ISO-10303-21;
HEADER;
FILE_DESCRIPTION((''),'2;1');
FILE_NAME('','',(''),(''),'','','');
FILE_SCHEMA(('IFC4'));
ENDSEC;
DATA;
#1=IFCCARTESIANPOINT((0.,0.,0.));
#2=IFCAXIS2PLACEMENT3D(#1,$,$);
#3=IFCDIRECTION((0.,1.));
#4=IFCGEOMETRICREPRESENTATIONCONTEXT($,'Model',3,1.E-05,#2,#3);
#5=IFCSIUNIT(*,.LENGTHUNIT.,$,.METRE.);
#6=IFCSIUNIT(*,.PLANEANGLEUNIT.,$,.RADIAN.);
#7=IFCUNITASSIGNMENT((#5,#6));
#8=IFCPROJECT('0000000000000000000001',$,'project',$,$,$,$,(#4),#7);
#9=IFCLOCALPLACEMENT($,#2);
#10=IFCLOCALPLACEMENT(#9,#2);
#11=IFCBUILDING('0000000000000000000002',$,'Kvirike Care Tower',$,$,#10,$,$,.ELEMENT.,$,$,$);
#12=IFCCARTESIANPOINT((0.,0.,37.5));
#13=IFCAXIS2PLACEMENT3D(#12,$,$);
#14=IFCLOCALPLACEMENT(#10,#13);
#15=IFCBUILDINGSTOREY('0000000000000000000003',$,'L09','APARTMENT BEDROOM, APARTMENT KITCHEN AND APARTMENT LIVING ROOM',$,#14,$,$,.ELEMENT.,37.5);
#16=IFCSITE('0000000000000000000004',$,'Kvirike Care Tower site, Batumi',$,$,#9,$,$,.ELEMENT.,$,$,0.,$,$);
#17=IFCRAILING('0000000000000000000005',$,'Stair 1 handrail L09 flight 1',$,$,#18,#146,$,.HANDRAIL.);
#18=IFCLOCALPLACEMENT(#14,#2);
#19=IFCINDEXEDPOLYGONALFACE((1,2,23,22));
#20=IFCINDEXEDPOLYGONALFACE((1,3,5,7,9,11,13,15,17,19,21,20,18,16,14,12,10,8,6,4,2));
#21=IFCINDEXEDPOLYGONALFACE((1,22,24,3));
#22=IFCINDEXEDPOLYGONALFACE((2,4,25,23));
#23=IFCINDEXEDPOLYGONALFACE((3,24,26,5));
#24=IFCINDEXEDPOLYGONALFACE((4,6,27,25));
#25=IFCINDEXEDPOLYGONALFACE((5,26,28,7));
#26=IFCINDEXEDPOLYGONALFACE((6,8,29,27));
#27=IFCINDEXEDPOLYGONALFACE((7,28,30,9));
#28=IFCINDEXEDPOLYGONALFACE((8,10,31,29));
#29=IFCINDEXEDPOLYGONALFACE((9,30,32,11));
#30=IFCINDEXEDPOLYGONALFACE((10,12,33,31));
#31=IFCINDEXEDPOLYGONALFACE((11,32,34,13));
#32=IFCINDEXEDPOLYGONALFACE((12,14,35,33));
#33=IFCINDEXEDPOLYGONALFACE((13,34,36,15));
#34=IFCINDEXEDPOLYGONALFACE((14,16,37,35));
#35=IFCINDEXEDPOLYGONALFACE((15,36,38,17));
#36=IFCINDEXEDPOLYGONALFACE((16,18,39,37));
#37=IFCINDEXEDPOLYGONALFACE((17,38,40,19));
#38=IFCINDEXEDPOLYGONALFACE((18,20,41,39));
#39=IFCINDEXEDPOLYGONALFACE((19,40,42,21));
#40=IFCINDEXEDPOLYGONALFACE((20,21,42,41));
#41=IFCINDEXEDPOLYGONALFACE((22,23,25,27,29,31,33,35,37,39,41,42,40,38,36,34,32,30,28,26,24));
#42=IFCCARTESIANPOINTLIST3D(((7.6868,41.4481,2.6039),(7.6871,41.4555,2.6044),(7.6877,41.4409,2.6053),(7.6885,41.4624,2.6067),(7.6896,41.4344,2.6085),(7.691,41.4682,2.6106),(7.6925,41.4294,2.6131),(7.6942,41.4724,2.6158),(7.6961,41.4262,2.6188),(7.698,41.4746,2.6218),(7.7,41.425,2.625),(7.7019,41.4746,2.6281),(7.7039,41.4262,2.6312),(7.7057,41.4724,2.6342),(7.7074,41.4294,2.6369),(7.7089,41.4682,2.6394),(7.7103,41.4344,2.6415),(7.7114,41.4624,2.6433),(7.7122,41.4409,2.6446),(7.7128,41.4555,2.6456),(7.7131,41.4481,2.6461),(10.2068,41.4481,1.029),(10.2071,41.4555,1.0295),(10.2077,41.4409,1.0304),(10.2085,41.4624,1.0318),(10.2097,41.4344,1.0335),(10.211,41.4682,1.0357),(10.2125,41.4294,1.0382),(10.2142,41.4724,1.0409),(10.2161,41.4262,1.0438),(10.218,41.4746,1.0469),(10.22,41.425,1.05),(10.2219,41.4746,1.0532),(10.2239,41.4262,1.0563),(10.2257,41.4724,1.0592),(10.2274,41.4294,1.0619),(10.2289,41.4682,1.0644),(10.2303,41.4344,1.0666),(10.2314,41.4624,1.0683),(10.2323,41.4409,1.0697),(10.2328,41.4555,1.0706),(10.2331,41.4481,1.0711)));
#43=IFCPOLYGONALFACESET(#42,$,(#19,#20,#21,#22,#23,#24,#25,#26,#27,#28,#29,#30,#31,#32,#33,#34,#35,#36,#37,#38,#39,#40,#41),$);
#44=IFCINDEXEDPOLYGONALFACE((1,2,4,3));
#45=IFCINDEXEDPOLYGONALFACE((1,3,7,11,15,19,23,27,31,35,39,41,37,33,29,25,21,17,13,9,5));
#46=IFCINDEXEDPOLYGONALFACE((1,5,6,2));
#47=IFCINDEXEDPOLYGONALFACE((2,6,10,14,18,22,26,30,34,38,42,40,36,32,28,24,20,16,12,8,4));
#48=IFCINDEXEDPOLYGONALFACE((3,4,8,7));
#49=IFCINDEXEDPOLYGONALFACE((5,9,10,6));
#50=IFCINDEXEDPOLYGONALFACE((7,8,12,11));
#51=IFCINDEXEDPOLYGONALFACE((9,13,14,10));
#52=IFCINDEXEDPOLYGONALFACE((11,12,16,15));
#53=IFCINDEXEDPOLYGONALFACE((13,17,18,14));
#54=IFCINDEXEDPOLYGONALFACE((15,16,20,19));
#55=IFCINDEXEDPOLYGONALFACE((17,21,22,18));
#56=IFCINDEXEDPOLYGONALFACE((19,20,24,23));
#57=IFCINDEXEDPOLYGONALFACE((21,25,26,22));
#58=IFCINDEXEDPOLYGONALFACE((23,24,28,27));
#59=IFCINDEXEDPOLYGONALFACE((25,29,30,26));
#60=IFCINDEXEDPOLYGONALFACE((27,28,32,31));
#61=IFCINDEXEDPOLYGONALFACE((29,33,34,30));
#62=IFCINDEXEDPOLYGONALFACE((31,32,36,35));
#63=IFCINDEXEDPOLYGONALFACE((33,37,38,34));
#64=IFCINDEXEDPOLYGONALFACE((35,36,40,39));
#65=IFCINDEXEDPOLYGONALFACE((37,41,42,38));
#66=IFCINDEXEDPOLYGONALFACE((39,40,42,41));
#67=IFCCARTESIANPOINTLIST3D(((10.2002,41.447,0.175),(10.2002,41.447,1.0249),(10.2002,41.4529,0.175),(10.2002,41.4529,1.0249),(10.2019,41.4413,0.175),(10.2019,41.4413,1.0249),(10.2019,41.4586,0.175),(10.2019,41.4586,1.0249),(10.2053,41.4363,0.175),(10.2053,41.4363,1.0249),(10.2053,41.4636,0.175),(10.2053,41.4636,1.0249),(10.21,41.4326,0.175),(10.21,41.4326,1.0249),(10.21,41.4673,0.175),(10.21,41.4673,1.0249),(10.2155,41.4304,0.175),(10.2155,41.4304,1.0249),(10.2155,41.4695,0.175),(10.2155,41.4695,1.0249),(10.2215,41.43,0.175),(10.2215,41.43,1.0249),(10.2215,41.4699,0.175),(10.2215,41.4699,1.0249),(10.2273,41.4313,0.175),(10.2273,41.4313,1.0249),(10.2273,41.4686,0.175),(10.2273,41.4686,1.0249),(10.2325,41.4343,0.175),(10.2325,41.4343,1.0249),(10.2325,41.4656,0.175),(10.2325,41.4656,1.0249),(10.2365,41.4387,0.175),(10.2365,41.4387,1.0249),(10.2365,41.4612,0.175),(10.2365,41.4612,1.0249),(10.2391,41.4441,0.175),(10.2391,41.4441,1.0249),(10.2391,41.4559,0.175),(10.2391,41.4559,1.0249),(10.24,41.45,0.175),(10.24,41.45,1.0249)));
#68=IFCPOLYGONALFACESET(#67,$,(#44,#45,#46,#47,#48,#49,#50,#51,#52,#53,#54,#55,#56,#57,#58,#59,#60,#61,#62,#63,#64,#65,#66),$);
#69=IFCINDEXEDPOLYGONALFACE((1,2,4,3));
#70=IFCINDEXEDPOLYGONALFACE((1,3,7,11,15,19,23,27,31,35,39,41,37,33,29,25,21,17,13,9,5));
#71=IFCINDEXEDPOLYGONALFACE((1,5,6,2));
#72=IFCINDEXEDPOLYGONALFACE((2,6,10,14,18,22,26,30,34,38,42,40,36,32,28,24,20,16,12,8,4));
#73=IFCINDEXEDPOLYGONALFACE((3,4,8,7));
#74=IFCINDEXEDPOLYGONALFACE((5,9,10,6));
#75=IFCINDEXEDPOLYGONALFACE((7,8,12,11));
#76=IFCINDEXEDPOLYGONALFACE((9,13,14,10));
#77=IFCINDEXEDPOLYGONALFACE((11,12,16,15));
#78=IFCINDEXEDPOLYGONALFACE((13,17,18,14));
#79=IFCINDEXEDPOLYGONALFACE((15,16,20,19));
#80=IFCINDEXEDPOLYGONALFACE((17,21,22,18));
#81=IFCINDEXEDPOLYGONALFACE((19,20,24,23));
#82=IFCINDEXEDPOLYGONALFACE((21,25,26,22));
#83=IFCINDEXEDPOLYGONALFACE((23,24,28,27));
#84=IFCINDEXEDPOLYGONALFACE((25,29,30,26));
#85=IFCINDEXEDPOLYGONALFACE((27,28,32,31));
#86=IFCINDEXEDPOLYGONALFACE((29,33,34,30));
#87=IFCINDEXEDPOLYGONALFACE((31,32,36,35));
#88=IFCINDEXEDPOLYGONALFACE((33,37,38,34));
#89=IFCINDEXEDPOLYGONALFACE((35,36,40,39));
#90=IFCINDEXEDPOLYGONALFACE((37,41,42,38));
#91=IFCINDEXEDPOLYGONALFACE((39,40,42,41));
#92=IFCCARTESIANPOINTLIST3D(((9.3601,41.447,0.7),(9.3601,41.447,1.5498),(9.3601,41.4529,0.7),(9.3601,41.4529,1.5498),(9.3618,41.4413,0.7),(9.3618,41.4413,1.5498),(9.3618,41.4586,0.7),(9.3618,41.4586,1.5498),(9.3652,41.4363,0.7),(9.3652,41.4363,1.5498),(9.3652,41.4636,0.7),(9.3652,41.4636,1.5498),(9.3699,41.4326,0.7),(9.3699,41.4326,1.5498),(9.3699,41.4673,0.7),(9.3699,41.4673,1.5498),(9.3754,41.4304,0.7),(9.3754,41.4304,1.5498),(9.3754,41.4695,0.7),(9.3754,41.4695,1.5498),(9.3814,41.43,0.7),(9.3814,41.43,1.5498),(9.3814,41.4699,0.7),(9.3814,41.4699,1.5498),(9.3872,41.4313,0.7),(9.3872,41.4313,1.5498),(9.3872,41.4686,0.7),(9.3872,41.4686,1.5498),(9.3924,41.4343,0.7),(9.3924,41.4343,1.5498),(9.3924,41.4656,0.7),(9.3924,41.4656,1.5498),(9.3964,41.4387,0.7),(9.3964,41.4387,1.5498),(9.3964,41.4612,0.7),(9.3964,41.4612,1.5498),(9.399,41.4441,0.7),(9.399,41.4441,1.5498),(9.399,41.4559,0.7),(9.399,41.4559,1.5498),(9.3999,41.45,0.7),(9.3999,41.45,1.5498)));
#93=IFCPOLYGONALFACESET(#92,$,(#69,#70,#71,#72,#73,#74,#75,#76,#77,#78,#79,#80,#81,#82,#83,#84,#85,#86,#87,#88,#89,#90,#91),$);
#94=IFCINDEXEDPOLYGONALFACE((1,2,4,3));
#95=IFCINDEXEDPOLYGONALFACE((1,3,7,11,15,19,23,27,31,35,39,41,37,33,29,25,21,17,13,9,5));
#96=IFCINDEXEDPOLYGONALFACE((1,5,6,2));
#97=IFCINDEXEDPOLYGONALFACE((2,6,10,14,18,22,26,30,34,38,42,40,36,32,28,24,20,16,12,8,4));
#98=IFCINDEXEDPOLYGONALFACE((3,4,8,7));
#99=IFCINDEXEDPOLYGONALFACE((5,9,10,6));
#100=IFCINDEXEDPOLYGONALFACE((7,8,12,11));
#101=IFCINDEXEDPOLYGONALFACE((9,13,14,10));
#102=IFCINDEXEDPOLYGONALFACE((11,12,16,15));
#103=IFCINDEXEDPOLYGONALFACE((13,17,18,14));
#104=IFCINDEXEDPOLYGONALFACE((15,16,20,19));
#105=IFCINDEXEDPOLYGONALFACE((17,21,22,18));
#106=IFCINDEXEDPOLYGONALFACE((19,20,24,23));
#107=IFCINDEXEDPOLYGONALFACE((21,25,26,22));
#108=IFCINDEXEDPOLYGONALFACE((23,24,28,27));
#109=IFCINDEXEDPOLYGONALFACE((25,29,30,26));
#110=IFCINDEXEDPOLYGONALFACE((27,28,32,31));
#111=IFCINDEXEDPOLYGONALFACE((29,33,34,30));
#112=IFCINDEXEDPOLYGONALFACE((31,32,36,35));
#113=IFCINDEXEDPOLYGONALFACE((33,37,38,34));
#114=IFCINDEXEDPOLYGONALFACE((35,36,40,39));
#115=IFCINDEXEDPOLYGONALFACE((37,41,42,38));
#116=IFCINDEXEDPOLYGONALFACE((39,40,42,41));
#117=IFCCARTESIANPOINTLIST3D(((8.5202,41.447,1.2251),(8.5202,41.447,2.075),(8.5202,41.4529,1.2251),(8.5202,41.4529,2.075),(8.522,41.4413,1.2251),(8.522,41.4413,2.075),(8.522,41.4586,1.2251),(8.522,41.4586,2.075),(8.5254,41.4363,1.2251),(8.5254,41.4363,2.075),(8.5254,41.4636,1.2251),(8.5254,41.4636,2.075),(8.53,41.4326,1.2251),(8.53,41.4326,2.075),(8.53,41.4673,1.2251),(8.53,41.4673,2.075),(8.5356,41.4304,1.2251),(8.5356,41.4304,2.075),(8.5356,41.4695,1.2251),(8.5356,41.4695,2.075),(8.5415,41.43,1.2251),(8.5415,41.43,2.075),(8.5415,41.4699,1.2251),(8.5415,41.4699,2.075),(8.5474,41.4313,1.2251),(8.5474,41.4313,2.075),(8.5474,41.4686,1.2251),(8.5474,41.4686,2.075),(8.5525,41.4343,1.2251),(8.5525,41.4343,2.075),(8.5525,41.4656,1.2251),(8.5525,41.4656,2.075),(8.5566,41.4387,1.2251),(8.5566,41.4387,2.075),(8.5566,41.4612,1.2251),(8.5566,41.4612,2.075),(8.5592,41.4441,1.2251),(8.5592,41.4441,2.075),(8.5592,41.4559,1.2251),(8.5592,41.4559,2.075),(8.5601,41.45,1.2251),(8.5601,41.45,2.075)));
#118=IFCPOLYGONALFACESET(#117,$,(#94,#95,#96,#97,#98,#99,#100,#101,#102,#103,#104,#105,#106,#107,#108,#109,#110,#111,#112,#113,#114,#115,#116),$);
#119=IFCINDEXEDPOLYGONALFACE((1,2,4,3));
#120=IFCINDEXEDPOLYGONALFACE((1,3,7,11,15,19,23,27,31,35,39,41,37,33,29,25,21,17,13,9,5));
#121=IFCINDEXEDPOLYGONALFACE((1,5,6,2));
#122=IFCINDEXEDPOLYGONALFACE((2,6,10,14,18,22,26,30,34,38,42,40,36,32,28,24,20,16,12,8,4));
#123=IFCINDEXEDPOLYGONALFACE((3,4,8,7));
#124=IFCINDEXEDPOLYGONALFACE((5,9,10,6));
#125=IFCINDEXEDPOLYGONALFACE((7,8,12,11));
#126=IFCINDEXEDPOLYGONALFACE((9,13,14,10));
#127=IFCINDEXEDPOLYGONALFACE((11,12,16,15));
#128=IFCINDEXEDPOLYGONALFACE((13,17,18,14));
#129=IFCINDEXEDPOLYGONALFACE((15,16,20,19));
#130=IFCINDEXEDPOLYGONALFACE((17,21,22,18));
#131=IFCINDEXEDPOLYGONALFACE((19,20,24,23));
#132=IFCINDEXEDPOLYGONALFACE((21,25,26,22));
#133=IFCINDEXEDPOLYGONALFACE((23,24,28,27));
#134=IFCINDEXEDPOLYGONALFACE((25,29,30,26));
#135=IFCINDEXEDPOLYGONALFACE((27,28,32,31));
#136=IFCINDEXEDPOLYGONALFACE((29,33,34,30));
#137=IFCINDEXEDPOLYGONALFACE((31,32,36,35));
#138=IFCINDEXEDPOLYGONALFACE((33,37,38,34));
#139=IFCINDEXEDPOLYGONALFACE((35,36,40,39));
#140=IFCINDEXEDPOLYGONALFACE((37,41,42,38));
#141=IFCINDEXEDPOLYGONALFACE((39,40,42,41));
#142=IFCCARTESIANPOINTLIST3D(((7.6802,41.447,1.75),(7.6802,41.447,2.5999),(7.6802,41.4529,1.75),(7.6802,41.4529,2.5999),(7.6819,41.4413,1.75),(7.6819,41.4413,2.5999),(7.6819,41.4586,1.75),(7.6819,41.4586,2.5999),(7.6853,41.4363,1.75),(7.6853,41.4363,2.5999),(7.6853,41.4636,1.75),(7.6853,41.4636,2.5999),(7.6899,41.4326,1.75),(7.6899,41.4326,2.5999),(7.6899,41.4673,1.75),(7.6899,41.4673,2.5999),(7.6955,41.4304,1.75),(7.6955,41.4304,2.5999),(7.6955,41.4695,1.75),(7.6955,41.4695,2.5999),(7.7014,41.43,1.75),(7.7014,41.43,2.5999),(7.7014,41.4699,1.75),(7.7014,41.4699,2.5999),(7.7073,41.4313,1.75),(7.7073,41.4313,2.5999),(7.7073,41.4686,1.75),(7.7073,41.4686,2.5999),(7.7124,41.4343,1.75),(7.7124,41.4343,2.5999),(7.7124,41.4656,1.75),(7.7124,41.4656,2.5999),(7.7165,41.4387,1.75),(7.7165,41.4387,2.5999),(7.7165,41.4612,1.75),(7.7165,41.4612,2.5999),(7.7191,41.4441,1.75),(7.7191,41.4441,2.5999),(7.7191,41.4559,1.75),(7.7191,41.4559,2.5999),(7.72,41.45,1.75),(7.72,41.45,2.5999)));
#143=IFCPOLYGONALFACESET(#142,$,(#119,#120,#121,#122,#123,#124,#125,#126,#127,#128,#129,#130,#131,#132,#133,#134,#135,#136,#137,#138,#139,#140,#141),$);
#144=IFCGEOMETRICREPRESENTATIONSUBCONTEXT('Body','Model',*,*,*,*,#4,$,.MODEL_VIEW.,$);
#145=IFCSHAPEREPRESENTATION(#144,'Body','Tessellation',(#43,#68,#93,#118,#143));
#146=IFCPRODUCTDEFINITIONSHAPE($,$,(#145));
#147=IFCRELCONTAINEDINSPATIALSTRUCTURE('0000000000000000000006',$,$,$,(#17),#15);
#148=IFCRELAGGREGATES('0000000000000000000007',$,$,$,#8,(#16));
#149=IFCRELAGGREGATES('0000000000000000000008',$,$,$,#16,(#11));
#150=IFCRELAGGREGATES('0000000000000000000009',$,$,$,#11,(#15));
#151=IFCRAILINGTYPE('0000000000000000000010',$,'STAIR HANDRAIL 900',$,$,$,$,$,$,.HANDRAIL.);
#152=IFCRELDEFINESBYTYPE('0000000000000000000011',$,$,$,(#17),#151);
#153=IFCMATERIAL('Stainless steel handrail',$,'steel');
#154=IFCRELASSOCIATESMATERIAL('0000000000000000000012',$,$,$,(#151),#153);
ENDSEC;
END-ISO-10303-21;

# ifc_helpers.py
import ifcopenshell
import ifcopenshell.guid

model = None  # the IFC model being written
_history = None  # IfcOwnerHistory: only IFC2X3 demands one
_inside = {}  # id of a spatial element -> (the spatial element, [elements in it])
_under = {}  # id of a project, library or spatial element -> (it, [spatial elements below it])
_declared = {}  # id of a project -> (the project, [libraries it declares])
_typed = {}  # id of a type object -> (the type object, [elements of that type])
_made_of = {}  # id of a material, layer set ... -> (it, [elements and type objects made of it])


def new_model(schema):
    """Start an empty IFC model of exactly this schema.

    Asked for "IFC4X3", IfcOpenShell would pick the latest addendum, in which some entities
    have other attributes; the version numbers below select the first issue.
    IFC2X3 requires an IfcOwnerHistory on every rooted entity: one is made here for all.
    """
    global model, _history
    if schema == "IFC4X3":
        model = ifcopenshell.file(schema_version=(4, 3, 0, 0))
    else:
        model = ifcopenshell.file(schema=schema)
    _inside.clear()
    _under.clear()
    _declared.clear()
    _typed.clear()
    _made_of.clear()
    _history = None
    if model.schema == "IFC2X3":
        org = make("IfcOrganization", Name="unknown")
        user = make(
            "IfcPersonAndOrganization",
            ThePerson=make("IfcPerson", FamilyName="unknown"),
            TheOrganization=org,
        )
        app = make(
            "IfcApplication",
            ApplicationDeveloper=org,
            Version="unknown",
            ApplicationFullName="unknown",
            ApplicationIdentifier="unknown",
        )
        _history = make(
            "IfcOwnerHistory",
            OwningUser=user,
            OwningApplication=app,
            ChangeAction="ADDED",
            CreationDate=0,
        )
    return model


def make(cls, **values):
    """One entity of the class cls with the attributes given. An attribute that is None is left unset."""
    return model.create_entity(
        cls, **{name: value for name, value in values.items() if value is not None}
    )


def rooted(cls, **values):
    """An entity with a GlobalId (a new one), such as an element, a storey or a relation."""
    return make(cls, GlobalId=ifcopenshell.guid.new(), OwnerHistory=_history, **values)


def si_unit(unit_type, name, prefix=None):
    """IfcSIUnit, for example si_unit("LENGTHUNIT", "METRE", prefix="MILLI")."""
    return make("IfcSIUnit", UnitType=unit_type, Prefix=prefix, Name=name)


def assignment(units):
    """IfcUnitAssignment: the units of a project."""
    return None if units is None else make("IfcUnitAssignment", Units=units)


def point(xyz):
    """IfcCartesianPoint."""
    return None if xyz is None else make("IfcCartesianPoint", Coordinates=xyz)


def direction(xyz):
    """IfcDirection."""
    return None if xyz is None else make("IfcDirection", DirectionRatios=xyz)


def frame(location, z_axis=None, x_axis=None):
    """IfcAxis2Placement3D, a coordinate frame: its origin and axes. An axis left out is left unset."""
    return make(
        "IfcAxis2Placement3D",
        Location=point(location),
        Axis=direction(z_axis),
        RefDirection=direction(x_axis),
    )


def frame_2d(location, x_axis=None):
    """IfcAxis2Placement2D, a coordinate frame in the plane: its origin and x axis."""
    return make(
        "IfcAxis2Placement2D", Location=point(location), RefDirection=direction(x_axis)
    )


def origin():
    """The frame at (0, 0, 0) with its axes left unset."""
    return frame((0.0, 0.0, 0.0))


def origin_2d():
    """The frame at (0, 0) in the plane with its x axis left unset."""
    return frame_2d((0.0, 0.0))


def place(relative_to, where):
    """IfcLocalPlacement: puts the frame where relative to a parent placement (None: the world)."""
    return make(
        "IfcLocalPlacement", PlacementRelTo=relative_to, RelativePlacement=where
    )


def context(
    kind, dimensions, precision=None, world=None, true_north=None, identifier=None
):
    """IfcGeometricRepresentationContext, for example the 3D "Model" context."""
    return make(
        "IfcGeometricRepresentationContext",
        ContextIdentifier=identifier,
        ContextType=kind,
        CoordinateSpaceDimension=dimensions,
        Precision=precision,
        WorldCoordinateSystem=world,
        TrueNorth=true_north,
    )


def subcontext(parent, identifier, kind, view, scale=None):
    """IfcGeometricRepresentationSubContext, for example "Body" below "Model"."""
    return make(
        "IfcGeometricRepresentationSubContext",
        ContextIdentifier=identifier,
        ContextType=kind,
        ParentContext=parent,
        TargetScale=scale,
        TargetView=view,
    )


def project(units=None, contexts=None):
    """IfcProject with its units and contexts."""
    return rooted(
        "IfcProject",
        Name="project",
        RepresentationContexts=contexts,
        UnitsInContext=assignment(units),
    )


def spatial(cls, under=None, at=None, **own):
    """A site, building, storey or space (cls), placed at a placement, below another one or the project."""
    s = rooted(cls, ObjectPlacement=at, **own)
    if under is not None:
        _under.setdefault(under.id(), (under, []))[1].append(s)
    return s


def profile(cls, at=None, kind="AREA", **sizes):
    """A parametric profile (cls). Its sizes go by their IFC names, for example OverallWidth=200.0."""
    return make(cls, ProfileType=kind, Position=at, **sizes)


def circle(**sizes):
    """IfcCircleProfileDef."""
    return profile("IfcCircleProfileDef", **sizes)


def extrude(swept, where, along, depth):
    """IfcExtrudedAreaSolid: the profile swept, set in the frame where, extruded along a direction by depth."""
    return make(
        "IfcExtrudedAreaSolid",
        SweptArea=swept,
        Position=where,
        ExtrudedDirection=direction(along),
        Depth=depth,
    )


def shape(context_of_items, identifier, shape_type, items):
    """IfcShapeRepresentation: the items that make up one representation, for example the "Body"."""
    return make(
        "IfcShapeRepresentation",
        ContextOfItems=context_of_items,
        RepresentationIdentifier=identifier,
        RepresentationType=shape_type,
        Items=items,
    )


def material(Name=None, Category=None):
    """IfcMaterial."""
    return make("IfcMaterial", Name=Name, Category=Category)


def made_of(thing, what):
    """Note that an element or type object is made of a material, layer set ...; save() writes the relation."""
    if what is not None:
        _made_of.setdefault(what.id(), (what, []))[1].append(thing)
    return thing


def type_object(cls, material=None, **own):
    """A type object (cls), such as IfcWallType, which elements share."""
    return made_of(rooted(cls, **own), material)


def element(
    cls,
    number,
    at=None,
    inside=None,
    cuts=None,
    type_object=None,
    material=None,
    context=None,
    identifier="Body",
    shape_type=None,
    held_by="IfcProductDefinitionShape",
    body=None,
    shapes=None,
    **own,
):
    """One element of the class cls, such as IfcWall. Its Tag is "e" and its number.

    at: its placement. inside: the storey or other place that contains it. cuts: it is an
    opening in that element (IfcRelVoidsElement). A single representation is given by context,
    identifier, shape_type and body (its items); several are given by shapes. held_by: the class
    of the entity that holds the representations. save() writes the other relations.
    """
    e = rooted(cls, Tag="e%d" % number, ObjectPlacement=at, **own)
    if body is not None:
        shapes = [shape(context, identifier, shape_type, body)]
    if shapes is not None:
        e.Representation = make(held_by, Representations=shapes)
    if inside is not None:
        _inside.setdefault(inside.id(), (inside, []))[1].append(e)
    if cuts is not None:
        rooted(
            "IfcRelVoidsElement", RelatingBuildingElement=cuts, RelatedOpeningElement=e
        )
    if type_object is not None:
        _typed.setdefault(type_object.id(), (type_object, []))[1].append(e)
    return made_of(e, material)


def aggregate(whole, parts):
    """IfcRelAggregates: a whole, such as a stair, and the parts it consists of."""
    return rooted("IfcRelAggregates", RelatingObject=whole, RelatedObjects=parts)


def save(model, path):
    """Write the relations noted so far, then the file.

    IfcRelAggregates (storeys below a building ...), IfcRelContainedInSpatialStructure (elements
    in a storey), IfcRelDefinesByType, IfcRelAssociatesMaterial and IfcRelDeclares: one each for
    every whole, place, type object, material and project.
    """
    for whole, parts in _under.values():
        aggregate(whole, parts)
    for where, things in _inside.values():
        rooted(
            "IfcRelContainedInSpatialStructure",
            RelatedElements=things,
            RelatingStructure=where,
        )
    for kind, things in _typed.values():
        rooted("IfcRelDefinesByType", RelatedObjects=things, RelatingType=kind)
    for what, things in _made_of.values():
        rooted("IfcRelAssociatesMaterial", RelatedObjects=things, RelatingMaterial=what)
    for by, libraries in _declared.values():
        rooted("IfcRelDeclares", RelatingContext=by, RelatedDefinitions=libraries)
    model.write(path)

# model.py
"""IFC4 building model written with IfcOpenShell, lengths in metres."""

from ifc_helpers import new_model, si_unit, direction, frame, origin, origin_2d, place, context, subcontext, project, spatial, circle, extrude, material, type_object, element, save


model = new_model("IFC4")

# Units and contexts
model_context = context("Model", 3, precision=1e-05, world=origin(), true_north=direction((0.0, 1.0)))
body_context = subcontext(model_context, "Body", "Model", "MODEL_VIEW")
ifc_project = project(units=[si_unit("LENGTHUNIT", "METRE"), si_unit("PLANEANGLEUNIT", "RADIAN")], contexts=[model_context])

# Site, building, storey
site_placement = place(None, origin())
site = spatial("IfcSite", under=ifc_project, at=site_placement, Name="Kvirike Care Tower site, Batumi", CompositionType="ELEMENT", RefElevation=0.0)
building_placement = place(site_placement, origin())
building = spatial("IfcBuilding", under=site, at=building_placement, Name="Kvirike Care Tower", CompositionType="ELEMENT")
storey_placement = place(building_placement, frame((0.0, 0.0, 37.5)))
storey = spatial("IfcBuildingStorey", under=building, at=storey_placement, Name="L09", Description="APARTMENT BEDROOM, APARTMENT KITCHEN AND APARTMENT LIVING ROOM", CompositionType="ELEMENT", Elevation=37.5)

# Railing
ifc_material_1 = material(Name="Stainless steel handrail", Category="steel")
railing_type = type_object("IfcRailingType", Name="STAIR HANDRAIL 900", PredefinedType="HANDRAIL", material=ifc_material_1)
railing_1_placement = place(storey_placement, frame((10.22, 41.45, 0.175)))
element("IfcRailing", 1, at=railing_1_placement, inside=storey, type_object=railing_type, Name="Stair 1 handrail L09 flight 1", PredefinedType="HANDRAIL", context=body_context, shape_type="SweptSolid", body=[
    extrude(circle(Radius=0.0249, at=origin_2d()), frame((0.0, 0.0, 0.875), z_axis=(-0.848008, 0.0, 0.529984), x_axis=(0.0, -1.0, 0.0)), (0.0, 0.0, 1.0), 2.9717),
    extrude(circle(Radius=0.02, at=origin_2d()), origin(), (0.0, 0.0, 1.0), 0.8499),
    extrude(circle(Radius=0.02, at=origin_2d()), frame((-0.8401, 0.0, 0.5249)), (0.0, 0.0, 1.0), 0.8499),
    extrude(circle(Radius=0.02, at=origin_2d()), frame((-1.6799, 0.0, 1.05)), (0.0, 0.0, 1.0), 0.8499),
    extrude(circle(Radius=0.02, at=origin_2d()), frame((-2.52, 0.0, 1.575)), (0.0, 0.0, 1.0), 0.8499),
])

save(model, "model.ifc")
